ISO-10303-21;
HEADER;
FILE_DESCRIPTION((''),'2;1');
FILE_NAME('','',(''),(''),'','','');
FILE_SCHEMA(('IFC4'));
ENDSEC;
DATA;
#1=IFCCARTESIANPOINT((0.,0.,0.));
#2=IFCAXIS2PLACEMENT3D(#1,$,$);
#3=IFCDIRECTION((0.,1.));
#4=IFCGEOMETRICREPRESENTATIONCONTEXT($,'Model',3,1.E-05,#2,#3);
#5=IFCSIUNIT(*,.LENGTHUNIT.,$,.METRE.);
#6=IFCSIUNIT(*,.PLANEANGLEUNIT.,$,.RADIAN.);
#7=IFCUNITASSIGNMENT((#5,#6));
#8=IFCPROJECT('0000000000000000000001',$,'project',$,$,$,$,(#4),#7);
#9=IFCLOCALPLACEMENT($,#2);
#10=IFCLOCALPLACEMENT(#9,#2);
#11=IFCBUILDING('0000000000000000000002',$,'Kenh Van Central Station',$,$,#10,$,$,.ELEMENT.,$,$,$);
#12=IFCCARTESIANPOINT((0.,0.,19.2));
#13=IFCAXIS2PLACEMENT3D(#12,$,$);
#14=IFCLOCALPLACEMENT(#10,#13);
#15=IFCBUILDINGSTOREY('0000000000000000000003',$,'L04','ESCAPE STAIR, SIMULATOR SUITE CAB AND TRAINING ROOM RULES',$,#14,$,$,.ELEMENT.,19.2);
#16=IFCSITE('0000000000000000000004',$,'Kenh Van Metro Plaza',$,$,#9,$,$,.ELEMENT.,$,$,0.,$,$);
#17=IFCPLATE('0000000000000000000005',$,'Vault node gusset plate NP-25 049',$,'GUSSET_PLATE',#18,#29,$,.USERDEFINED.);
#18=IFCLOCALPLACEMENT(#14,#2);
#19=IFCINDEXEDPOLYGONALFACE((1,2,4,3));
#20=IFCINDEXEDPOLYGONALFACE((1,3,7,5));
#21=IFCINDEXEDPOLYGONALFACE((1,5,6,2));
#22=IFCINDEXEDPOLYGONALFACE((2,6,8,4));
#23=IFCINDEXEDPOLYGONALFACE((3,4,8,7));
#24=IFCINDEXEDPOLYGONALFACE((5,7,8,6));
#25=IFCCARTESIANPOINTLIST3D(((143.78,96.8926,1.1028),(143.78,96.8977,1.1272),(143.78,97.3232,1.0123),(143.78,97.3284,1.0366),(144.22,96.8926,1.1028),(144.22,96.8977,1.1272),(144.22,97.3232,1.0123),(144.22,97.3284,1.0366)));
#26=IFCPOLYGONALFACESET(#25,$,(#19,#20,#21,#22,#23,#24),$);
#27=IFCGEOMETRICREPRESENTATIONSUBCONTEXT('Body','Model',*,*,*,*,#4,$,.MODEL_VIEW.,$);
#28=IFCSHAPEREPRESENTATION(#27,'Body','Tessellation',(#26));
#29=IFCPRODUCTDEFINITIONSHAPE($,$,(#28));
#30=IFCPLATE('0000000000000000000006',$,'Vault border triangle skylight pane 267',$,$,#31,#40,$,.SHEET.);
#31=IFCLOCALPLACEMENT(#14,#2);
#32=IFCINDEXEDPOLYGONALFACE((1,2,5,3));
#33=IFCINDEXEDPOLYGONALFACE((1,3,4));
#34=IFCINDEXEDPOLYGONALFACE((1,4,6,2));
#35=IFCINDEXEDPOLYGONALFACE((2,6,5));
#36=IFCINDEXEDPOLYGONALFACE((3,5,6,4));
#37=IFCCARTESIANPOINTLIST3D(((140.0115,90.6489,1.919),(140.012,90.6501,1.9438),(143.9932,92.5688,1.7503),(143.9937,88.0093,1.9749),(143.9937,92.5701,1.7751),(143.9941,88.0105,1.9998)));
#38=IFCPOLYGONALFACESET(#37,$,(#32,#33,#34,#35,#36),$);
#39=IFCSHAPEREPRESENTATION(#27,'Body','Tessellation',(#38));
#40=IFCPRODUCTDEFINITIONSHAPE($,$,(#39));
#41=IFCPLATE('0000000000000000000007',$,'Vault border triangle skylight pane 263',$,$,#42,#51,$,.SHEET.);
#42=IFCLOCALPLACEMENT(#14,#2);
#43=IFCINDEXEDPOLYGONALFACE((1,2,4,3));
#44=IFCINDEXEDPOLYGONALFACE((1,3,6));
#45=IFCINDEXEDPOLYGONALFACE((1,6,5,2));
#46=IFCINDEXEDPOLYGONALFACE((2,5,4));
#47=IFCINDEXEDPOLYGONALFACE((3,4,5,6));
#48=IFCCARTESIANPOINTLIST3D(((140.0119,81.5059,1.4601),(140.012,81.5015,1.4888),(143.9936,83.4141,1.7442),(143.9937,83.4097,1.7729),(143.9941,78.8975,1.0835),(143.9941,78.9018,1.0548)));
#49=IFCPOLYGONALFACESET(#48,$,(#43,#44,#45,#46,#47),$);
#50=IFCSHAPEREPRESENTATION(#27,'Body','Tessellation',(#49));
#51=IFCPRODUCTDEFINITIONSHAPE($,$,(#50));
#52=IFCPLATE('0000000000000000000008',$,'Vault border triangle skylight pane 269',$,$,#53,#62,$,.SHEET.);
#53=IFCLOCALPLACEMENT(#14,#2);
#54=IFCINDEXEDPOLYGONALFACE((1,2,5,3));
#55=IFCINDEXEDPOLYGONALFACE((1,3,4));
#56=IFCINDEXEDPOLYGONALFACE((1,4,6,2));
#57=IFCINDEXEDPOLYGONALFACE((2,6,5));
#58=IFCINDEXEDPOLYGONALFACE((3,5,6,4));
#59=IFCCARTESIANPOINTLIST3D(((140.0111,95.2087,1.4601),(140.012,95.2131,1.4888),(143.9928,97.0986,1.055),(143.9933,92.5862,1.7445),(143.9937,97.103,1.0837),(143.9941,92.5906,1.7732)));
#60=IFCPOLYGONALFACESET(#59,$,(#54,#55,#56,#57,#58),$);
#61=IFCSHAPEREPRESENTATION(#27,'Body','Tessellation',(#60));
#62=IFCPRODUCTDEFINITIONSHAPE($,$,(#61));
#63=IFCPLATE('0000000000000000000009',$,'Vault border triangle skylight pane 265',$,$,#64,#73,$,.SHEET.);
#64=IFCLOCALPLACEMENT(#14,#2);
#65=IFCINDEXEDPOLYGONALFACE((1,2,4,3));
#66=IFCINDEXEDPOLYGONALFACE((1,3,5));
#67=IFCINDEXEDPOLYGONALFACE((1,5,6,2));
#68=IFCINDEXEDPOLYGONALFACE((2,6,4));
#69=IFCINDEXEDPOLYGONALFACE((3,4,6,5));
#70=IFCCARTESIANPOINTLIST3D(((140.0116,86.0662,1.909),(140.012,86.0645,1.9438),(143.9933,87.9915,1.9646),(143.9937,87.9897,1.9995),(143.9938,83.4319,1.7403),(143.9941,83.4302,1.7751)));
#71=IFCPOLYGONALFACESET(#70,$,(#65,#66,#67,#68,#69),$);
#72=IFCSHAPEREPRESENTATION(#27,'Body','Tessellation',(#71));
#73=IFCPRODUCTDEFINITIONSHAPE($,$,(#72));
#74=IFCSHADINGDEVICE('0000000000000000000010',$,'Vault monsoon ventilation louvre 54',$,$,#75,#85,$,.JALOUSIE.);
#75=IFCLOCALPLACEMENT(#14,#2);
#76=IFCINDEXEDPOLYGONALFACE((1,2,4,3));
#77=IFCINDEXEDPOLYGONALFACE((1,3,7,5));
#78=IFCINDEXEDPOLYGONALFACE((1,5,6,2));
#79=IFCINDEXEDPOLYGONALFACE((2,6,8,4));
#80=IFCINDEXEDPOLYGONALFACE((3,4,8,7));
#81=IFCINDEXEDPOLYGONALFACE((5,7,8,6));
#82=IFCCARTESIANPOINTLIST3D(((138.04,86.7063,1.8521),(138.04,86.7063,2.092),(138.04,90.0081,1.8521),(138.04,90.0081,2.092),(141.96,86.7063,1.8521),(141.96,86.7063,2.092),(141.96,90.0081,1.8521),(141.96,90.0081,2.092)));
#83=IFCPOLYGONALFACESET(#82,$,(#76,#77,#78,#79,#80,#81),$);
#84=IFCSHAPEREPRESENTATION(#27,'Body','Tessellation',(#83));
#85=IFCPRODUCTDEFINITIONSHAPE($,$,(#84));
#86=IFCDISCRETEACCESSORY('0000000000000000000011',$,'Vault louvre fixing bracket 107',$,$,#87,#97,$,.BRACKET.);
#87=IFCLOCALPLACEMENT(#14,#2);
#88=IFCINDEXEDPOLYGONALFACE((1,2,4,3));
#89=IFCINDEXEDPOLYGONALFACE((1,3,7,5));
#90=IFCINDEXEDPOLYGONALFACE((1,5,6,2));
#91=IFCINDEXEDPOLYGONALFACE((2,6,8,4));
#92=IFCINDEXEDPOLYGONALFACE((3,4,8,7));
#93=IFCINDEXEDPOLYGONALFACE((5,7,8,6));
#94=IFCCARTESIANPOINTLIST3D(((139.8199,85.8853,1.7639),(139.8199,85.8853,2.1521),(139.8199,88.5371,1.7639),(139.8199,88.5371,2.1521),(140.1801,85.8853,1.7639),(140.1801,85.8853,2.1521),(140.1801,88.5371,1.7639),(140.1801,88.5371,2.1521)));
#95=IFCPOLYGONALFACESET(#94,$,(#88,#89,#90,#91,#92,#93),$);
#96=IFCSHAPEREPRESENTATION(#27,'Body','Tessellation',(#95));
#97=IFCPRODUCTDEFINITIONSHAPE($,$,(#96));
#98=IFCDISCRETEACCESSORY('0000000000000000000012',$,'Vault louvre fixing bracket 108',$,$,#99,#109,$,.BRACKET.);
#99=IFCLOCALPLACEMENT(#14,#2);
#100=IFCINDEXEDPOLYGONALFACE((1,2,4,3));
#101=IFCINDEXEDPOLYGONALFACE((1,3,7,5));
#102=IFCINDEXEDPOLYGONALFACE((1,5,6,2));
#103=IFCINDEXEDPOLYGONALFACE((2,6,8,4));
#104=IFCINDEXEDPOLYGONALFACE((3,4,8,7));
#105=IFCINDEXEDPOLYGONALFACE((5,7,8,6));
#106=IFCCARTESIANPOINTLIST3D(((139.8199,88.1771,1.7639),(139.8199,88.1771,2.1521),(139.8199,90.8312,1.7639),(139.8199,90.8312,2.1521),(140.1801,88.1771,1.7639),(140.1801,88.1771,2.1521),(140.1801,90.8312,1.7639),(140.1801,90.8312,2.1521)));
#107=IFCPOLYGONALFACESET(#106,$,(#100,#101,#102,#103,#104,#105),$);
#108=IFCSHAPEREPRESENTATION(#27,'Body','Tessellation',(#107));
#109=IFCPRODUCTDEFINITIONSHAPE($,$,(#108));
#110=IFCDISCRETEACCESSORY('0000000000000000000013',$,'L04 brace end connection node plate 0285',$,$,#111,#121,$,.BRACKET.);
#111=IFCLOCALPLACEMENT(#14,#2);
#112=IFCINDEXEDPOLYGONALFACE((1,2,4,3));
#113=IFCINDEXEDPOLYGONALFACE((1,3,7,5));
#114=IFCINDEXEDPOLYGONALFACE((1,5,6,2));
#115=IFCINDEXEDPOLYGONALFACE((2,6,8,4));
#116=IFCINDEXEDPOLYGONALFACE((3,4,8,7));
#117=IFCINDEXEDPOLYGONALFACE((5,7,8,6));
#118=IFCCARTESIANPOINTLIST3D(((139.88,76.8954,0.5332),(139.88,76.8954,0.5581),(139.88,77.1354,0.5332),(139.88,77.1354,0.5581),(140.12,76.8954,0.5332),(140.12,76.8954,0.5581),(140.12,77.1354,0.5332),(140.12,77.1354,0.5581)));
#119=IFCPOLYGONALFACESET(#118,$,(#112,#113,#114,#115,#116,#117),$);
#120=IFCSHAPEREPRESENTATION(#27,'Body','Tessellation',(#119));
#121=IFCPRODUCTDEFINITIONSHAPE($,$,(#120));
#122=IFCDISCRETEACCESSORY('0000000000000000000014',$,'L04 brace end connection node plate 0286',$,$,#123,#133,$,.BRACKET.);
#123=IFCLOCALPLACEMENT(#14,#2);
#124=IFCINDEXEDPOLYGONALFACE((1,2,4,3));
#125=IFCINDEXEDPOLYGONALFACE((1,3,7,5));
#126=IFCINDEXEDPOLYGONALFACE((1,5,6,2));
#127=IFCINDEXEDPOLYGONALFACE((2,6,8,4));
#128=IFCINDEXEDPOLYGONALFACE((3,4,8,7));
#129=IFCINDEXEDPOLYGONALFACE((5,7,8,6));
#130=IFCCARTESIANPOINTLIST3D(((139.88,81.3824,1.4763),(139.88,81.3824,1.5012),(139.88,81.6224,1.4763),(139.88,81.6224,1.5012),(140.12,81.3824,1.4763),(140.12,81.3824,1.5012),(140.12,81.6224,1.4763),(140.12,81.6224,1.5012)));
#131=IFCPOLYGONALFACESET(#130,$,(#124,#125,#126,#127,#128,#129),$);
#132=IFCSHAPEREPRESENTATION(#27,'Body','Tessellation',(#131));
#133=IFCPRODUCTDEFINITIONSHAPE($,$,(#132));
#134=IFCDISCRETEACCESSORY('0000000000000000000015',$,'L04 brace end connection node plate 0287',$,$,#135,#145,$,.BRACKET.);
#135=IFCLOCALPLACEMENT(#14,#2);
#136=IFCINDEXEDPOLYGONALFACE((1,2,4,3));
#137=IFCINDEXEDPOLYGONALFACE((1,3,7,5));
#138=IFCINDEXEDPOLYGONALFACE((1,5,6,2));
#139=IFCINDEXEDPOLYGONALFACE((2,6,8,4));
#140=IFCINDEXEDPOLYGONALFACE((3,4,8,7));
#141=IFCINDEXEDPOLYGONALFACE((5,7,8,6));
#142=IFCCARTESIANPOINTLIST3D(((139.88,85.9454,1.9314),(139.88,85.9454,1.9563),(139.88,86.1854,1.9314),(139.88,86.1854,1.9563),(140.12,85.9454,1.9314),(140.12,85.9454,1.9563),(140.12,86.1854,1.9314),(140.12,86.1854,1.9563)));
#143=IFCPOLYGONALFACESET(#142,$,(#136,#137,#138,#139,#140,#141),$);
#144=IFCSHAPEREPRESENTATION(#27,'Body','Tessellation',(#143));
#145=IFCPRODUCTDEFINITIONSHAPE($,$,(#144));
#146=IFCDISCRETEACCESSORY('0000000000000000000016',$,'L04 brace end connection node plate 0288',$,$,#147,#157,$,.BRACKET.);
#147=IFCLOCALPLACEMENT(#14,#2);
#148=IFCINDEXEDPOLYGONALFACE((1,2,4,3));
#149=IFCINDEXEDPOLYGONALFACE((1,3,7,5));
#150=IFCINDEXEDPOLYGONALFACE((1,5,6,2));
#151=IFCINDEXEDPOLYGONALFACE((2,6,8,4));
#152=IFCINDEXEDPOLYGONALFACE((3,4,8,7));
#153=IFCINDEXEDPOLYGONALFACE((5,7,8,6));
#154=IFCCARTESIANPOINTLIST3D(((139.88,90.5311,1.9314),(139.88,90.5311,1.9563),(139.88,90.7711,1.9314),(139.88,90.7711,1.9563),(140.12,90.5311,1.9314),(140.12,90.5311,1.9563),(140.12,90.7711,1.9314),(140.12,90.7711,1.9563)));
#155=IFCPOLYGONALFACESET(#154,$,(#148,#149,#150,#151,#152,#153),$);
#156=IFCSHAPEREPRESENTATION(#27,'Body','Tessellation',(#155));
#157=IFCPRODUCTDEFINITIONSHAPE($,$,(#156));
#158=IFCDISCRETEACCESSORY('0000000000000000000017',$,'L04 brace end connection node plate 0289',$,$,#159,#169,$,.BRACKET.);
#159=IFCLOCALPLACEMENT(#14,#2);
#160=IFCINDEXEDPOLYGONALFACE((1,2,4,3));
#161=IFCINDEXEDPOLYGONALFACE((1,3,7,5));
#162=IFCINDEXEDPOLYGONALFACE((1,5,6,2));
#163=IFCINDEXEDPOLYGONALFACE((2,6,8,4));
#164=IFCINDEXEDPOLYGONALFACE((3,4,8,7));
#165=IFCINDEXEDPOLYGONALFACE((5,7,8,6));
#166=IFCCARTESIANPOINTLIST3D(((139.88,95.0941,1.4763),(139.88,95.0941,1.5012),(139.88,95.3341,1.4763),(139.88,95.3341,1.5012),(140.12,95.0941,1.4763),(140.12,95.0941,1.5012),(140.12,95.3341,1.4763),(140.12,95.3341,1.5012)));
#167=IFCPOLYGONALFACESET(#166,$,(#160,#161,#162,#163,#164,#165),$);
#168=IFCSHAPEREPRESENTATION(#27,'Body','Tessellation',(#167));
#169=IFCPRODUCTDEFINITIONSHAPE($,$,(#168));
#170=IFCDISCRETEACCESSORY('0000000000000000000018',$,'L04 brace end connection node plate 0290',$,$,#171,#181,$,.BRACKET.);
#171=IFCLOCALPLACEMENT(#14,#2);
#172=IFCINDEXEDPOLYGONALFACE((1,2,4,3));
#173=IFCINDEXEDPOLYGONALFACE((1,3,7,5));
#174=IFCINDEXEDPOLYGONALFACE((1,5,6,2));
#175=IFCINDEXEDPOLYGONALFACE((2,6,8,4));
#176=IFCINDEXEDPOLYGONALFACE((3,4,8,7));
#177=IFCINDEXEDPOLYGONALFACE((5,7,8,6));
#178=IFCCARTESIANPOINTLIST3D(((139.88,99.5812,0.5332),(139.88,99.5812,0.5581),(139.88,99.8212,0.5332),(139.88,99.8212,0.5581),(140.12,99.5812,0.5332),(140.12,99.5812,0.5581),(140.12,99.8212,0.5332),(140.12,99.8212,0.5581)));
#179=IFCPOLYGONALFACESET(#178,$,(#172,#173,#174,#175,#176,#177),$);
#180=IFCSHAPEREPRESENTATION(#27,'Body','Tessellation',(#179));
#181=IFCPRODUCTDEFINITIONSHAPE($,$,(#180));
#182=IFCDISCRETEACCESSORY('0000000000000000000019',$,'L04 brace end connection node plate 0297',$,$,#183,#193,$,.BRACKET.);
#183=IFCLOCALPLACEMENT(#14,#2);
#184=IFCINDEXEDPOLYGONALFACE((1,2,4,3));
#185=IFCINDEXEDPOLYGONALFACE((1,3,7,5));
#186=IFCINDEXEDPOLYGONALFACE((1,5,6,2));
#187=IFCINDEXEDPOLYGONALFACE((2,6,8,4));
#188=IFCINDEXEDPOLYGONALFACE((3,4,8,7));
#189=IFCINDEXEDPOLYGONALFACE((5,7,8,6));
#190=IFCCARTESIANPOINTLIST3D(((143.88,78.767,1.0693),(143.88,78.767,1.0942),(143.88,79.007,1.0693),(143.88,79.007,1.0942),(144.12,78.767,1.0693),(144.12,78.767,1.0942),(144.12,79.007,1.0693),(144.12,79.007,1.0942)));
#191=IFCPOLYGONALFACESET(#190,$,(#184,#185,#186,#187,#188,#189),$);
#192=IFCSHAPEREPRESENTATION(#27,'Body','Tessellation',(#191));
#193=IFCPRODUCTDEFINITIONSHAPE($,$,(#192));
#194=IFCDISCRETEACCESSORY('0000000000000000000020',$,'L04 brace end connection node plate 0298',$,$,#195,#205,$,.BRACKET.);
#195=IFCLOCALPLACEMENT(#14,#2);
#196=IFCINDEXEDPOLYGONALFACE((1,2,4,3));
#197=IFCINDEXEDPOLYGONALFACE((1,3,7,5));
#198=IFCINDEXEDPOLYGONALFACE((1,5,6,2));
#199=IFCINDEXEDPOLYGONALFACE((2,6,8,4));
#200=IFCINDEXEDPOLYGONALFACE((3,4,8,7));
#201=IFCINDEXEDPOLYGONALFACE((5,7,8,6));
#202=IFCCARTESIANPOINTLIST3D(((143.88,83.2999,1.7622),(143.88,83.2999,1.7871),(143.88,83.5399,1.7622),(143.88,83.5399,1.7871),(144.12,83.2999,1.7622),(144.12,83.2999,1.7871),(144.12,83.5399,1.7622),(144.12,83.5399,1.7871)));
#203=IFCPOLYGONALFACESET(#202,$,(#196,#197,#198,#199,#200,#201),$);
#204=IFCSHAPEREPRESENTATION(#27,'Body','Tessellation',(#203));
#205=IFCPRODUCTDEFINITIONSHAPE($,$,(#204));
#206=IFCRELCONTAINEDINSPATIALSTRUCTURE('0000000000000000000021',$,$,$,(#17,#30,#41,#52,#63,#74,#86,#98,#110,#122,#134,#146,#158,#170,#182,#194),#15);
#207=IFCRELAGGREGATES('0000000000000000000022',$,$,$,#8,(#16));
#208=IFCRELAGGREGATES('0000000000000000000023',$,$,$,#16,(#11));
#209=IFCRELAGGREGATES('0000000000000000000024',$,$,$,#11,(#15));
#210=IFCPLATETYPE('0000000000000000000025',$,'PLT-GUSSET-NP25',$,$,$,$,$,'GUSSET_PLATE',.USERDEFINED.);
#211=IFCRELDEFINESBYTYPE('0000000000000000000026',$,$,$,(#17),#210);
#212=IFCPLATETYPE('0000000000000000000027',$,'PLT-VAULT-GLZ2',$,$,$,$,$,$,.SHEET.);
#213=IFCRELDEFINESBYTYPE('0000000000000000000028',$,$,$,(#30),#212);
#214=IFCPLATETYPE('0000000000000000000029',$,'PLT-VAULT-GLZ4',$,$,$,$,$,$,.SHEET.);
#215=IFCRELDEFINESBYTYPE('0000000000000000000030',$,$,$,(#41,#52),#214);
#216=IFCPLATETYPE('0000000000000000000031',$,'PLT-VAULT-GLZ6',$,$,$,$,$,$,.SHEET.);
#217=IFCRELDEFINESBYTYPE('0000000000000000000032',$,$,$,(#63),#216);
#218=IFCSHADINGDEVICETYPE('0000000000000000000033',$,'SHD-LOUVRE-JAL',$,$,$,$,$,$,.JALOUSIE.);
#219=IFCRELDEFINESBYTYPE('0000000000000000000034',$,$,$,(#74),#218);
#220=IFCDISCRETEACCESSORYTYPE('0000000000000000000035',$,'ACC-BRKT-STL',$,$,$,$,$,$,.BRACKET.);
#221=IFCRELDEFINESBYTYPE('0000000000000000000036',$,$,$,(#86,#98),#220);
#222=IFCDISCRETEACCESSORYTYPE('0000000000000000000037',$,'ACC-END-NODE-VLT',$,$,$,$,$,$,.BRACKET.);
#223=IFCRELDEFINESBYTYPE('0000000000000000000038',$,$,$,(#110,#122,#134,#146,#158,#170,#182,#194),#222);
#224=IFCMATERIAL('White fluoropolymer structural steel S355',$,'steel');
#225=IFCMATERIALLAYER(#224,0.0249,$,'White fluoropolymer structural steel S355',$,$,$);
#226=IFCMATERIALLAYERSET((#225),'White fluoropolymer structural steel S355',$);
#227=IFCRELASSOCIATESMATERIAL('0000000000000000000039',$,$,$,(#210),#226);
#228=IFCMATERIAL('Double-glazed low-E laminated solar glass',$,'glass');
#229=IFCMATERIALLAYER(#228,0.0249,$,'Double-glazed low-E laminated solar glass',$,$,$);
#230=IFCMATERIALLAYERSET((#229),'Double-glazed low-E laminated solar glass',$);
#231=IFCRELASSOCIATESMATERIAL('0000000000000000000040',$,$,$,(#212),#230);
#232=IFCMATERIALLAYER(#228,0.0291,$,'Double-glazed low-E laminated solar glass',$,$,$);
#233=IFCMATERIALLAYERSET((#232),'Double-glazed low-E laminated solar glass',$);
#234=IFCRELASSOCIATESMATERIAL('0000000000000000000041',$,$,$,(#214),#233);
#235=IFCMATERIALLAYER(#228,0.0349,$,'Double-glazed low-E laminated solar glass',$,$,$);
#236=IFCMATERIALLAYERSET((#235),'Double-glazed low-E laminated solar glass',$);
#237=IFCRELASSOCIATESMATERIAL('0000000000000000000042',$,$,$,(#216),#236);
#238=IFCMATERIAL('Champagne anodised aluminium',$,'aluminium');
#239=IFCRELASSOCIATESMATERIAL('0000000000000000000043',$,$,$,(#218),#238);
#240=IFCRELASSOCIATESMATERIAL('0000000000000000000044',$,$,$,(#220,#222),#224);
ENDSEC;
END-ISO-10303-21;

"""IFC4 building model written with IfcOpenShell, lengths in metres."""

from ifc_helpers import new_model, si_unit, direction, frame, origin, origin_2d, place, context, subcontext, project, spatial, polyline, rectangle, outline, extrude, material, layer, layer_set, type_object, element, save


model = new_model("IFC4")

# Units and contexts
model_context = context("Model", 3, precision=1e-05, world=origin(), true_north=direction((0.0, 1.0)))
body_context = subcontext(model_context, "Body", "Model", "MODEL_VIEW")
ifc_project = project(units=[si_unit("LENGTHUNIT", "METRE"), si_unit("PLANEANGLEUNIT", "RADIAN")], contexts=[model_context])

# Site, building, storey
site_placement = place(None, origin())
site = spatial("IfcSite", under=ifc_project, at=site_placement, Name="Kenh Van Metro Plaza", CompositionType="ELEMENT", RefElevation=0.0)
building_placement = place(site_placement, origin())
building = spatial("IfcBuilding", under=site, at=building_placement, Name="Kenh Van Central Station", CompositionType="ELEMENT")
storey_placement = place(building_placement, frame((0.0, 0.0, 19.2)))
storey = spatial("IfcBuildingStorey", under=building, at=storey_placement, Name="L04", Description="ESCAPE STAIR, SIMULATOR SUITE CAB AND TRAINING ROOM RULES", CompositionType="ELEMENT", Elevation=19.2)

# Shared definitions
ifc_material_1 = material(Name="White fluoropolymer structural steel S355", Category="steel")

# Plates
ifc_layer_1 = layer(ifc_material_1, 0.0249, Name="White fluoropolymer structural steel S355")
ifc_layer_set_1 = layer_set([ifc_layer_1], Name="White fluoropolymer structural steel S355")
plate_type_1 = type_object("IfcPlateType", Name="PLT-GUSSET-NP25", ElementType="GUSSET_PLATE", PredefinedType="USERDEFINED", material=ifc_layer_set_1)
plate_1_placement = place(storey_placement, frame((143.78, 96.8977, 1.1272), z_axis=(0.0, 0.205815, 0.978591), x_axis=(1.0, 0.0, 0.0)))
element("IfcPlate", 1, at=plate_1_placement, inside=storey, type_object=plate_type_1, Name="Vault node gusset plate NP-25 049", ObjectType="GUSSET_PLATE", PredefinedType="USERDEFINED", context=body_context, shape_type="SweptSolid", body=[
    extrude(outline(polyline([(0.0, 0.0), (0.4399, 0.0), (0.4399, 0.4401), (0.0, 0.4401), (0.0, 0.0)])), origin(), (0.0, 0.0, -1.0), 0.0249),
])
ifc_material_2 = material(Name="Double-glazed low-E laminated solar glass", Category="glass")
ifc_layer_2 = layer(ifc_material_2, 0.0249, Name="Double-glazed low-E laminated solar glass")
ifc_layer_set_2 = layer_set([ifc_layer_2], Name="Double-glazed low-E laminated solar glass")
plate_type_2 = type_object("IfcPlateType", Name="PLT-VAULT-GLZ2", PredefinedType="SHEET", material=ifc_layer_set_2)
plate_2_placement = place(storey_placement, frame((143.9941, 88.0105, 1.9998), z_axis=(0.018589, 0.049195, 0.998616), x_axis=(-0.000107, 0.998789, -0.049201)))
element("IfcPlate", 2, at=plate_2_placement, inside=storey, type_object=plate_type_2, Name="Vault border triangle skylight pane 267", PredefinedType="SHEET", context=body_context, shape_type="SweptSolid", body=[
    extrude(outline(polyline([(0.0, 0.0), (4.5651, 0.0), (2.6396, 3.9826), (0.0, 0.0)])), origin(), (0.0, 0.0, -1.0), 0.0249),
])
ifc_layer_3 = layer(ifc_material_2, 0.0291, Name="Double-glazed low-E laminated solar glass")
ifc_layer_set_3 = layer_set([ifc_layer_3], Name="Double-glazed low-E laminated solar glass")
plate_type_3 = type_object("IfcPlateType", Name="PLT-VAULT-GLZ4", PredefinedType="SHEET", material=ifc_layer_set_3)
plate_3_placement = place(storey_placement, frame((143.9941, 78.8975, 1.0835), z_axis=(0.001834, -0.151044, 0.988525), x_axis=(-0.000107, 0.988527, 0.151044)))
element("IfcPlate", 3, at=plate_3_placement, inside=storey, type_object=plate_type_3, Name="Vault border triangle skylight pane 263", PredefinedType="SHEET", context=body_context, shape_type="SweptSolid", body=[
    extrude(outline(polyline([(0.0, 0.0), (4.5646, 0.0), (2.6358, 3.9819), (0.0, 0.0)])), origin(), (0.0, 0.0, -1.0), 0.0291),
])
plate_4_placement = place(storey_placement, frame((143.9941, 92.5906, 1.7732), z_axis=(0.028854, 0.150976, 0.988116), x_axis=(-0.000107, 0.988528, -0.151036)))
element("IfcPlate", 4, at=plate_4_placement, inside=storey, type_object=plate_type_3, Name="Vault border triangle skylight pane 269", PredefinedType="SHEET", context=body_context, shape_type="SweptSolid", body=[
    extrude(outline(polyline([(0.0, 0.0), (4.5648, 0.0), (2.6359, 3.9836), (0.0, 0.0)])), origin(), (0.0, 0.0, -1.0), 0.0291),
])
ifc_layer_4 = layer(ifc_material_2, 0.0349, Name="Double-glazed low-E laminated solar glass")
ifc_layer_set_4 = layer_set([ifc_layer_4], Name="Double-glazed low-E laminated solar glass")
plate_type_4 = type_object("IfcPlateType", Name="PLT-VAULT-GLZ6", PredefinedType="SHEET", material=ifc_layer_set_4)
plate_5_placement = place(storey_placement, frame((143.9941, 83.4302, 1.7751), z_axis=(0.009801, -0.049145, 0.998744), x_axis=(-0.000107, 0.998791, 0.049148)))
element("IfcPlate", 5, at=plate_5_placement, inside=storey, type_object=plate_type_4, Name="Vault border triangle skylight pane 265", PredefinedType="SHEET", context=body_context, shape_type="SweptSolid", body=[
    extrude(outline(polyline([(0.0, 0.0), (4.5651, 0.0), (2.6398, 3.9821), (0.0, 0.0)])), origin(), (0.0, 0.0, -1.0), 0.0349),
])

# Shading device
ifc_material_3 = material(Name="Champagne anodised aluminium", Category="aluminium")
shading_device_type = type_object("IfcShadingDeviceType", Name="SHD-LOUVRE-JAL", PredefinedType="JALOUSIE", material=ifc_material_3)
shading_device_placement = place(storey_placement, frame((140.0, 88.3572, 1.8521), z_axis=(0.0, 0.0, 1.0), x_axis=(1.0, 0.0, 0.0)))
element("IfcShadingDevice", 6, at=shading_device_placement, inside=storey, type_object=shading_device_type, Name="Vault monsoon ventilation louvre 54", PredefinedType="JALOUSIE", context=body_context, shape_type="SweptSolid", body=[
    extrude(rectangle(XDim=3.9199, YDim=3.3018, at=origin_2d()), origin(), (0.0, 0.0, 1.0), 0.24),
])

# Discrete accessories
discrete_accessory_type_1 = type_object("IfcDiscreteAccessoryType", Name="ACC-BRKT-STL", PredefinedType="BRACKET", material=ifc_material_1)
discrete_accessory_1_placement = place(storey_placement, frame((140.0, 87.2112, 1.7639), z_axis=(0.0, 0.0, 1.0), x_axis=(1.0, 0.0, 0.0)))
element("IfcDiscreteAccessory", 7, at=discrete_accessory_1_placement, inside=storey, type_object=discrete_accessory_type_1, Name="Vault louvre fixing bracket 107", PredefinedType="BRACKET", context=body_context, shape_type="SweptSolid", body=[
    extrude(rectangle(XDim=0.3601, YDim=2.6519, at=origin_2d()), origin(), (0.0, 0.0, 1.0), 0.3882),
])
discrete_accessory_2_placement = place(storey_placement, frame((140.0, 89.5042, 1.7639), z_axis=(0.0, 0.0, 1.0), x_axis=(1.0, 0.0, 0.0)))
element("IfcDiscreteAccessory", 8, at=discrete_accessory_2_placement, inside=storey, type_object=discrete_accessory_type_1, Name="Vault louvre fixing bracket 108", PredefinedType="BRACKET", context=body_context, shape_type="SweptSolid", body=[
    extrude(rectangle(XDim=0.3601, YDim=2.6541, at=origin_2d()), origin(), (0.0, 0.0, 1.0), 0.3882),
])
discrete_accessory_type_2 = type_object("IfcDiscreteAccessoryType", Name="ACC-END-NODE-VLT", PredefinedType="BRACKET", material=ifc_material_1)
for number, where, z_axis, x_axis, name in (
    (9, (140.0, 77.0154, 0.5332), (0.0, 0.0, 1.0), (1.0, 0.0, 0.0), "L04 brace end connection node plate 0285"),
    (10, (140.0, 81.5024, 1.4763), (0.0, 0.0, 1.0), (1.0, 0.0, 0.0), "L04 brace end connection node plate 0286"),
    (11, (140.0, 86.0654, 1.9314), (0.0, 0.0, 1.0), (1.0, 0.0, 0.0), "L04 brace end connection node plate 0287"),
    (12, (140.0, 90.6511, 1.9314), (0.0, 0.0, 1.0), (1.0, 0.0, 0.0), "L04 brace end connection node plate 0288"),
    (13, (140.0, 95.2141, 1.4763), (0.0, 0.0, 1.0), (1.0, 0.0, 0.0), "L04 brace end connection node plate 0289"),
    (14, (140.0, 99.7012, 0.5332), (0.0, 0.0, 1.0), (1.0, 0.0, 0.0), "L04 brace end connection node plate 0290"),
    (15, (144.0, 78.887, 1.0693), (0.0, 0.0, 1.0), (1.0, 0.0, 0.0), "L04 brace end connection node plate 0297"),
    (16, (144.0, 83.4199, 1.7622), (0.0, 0.0, 1.0), (1.0, 0.0, 0.0), "L04 brace end connection node plate 0298"),
):
    element("IfcDiscreteAccessory", number, at=place(storey_placement, frame(where, z_axis=z_axis, x_axis=x_axis)), inside=storey, type_object=discrete_accessory_type_2, Name=name, PredefinedType="BRACKET", context=body_context, shape_type="SweptSolid", body=[
        extrude(rectangle(XDim=0.24, YDim=0.24, at=origin_2d()), origin(), (0.0, 0.0, 1.0), 0.0249),
    ])

save(model, "model.ifc")
